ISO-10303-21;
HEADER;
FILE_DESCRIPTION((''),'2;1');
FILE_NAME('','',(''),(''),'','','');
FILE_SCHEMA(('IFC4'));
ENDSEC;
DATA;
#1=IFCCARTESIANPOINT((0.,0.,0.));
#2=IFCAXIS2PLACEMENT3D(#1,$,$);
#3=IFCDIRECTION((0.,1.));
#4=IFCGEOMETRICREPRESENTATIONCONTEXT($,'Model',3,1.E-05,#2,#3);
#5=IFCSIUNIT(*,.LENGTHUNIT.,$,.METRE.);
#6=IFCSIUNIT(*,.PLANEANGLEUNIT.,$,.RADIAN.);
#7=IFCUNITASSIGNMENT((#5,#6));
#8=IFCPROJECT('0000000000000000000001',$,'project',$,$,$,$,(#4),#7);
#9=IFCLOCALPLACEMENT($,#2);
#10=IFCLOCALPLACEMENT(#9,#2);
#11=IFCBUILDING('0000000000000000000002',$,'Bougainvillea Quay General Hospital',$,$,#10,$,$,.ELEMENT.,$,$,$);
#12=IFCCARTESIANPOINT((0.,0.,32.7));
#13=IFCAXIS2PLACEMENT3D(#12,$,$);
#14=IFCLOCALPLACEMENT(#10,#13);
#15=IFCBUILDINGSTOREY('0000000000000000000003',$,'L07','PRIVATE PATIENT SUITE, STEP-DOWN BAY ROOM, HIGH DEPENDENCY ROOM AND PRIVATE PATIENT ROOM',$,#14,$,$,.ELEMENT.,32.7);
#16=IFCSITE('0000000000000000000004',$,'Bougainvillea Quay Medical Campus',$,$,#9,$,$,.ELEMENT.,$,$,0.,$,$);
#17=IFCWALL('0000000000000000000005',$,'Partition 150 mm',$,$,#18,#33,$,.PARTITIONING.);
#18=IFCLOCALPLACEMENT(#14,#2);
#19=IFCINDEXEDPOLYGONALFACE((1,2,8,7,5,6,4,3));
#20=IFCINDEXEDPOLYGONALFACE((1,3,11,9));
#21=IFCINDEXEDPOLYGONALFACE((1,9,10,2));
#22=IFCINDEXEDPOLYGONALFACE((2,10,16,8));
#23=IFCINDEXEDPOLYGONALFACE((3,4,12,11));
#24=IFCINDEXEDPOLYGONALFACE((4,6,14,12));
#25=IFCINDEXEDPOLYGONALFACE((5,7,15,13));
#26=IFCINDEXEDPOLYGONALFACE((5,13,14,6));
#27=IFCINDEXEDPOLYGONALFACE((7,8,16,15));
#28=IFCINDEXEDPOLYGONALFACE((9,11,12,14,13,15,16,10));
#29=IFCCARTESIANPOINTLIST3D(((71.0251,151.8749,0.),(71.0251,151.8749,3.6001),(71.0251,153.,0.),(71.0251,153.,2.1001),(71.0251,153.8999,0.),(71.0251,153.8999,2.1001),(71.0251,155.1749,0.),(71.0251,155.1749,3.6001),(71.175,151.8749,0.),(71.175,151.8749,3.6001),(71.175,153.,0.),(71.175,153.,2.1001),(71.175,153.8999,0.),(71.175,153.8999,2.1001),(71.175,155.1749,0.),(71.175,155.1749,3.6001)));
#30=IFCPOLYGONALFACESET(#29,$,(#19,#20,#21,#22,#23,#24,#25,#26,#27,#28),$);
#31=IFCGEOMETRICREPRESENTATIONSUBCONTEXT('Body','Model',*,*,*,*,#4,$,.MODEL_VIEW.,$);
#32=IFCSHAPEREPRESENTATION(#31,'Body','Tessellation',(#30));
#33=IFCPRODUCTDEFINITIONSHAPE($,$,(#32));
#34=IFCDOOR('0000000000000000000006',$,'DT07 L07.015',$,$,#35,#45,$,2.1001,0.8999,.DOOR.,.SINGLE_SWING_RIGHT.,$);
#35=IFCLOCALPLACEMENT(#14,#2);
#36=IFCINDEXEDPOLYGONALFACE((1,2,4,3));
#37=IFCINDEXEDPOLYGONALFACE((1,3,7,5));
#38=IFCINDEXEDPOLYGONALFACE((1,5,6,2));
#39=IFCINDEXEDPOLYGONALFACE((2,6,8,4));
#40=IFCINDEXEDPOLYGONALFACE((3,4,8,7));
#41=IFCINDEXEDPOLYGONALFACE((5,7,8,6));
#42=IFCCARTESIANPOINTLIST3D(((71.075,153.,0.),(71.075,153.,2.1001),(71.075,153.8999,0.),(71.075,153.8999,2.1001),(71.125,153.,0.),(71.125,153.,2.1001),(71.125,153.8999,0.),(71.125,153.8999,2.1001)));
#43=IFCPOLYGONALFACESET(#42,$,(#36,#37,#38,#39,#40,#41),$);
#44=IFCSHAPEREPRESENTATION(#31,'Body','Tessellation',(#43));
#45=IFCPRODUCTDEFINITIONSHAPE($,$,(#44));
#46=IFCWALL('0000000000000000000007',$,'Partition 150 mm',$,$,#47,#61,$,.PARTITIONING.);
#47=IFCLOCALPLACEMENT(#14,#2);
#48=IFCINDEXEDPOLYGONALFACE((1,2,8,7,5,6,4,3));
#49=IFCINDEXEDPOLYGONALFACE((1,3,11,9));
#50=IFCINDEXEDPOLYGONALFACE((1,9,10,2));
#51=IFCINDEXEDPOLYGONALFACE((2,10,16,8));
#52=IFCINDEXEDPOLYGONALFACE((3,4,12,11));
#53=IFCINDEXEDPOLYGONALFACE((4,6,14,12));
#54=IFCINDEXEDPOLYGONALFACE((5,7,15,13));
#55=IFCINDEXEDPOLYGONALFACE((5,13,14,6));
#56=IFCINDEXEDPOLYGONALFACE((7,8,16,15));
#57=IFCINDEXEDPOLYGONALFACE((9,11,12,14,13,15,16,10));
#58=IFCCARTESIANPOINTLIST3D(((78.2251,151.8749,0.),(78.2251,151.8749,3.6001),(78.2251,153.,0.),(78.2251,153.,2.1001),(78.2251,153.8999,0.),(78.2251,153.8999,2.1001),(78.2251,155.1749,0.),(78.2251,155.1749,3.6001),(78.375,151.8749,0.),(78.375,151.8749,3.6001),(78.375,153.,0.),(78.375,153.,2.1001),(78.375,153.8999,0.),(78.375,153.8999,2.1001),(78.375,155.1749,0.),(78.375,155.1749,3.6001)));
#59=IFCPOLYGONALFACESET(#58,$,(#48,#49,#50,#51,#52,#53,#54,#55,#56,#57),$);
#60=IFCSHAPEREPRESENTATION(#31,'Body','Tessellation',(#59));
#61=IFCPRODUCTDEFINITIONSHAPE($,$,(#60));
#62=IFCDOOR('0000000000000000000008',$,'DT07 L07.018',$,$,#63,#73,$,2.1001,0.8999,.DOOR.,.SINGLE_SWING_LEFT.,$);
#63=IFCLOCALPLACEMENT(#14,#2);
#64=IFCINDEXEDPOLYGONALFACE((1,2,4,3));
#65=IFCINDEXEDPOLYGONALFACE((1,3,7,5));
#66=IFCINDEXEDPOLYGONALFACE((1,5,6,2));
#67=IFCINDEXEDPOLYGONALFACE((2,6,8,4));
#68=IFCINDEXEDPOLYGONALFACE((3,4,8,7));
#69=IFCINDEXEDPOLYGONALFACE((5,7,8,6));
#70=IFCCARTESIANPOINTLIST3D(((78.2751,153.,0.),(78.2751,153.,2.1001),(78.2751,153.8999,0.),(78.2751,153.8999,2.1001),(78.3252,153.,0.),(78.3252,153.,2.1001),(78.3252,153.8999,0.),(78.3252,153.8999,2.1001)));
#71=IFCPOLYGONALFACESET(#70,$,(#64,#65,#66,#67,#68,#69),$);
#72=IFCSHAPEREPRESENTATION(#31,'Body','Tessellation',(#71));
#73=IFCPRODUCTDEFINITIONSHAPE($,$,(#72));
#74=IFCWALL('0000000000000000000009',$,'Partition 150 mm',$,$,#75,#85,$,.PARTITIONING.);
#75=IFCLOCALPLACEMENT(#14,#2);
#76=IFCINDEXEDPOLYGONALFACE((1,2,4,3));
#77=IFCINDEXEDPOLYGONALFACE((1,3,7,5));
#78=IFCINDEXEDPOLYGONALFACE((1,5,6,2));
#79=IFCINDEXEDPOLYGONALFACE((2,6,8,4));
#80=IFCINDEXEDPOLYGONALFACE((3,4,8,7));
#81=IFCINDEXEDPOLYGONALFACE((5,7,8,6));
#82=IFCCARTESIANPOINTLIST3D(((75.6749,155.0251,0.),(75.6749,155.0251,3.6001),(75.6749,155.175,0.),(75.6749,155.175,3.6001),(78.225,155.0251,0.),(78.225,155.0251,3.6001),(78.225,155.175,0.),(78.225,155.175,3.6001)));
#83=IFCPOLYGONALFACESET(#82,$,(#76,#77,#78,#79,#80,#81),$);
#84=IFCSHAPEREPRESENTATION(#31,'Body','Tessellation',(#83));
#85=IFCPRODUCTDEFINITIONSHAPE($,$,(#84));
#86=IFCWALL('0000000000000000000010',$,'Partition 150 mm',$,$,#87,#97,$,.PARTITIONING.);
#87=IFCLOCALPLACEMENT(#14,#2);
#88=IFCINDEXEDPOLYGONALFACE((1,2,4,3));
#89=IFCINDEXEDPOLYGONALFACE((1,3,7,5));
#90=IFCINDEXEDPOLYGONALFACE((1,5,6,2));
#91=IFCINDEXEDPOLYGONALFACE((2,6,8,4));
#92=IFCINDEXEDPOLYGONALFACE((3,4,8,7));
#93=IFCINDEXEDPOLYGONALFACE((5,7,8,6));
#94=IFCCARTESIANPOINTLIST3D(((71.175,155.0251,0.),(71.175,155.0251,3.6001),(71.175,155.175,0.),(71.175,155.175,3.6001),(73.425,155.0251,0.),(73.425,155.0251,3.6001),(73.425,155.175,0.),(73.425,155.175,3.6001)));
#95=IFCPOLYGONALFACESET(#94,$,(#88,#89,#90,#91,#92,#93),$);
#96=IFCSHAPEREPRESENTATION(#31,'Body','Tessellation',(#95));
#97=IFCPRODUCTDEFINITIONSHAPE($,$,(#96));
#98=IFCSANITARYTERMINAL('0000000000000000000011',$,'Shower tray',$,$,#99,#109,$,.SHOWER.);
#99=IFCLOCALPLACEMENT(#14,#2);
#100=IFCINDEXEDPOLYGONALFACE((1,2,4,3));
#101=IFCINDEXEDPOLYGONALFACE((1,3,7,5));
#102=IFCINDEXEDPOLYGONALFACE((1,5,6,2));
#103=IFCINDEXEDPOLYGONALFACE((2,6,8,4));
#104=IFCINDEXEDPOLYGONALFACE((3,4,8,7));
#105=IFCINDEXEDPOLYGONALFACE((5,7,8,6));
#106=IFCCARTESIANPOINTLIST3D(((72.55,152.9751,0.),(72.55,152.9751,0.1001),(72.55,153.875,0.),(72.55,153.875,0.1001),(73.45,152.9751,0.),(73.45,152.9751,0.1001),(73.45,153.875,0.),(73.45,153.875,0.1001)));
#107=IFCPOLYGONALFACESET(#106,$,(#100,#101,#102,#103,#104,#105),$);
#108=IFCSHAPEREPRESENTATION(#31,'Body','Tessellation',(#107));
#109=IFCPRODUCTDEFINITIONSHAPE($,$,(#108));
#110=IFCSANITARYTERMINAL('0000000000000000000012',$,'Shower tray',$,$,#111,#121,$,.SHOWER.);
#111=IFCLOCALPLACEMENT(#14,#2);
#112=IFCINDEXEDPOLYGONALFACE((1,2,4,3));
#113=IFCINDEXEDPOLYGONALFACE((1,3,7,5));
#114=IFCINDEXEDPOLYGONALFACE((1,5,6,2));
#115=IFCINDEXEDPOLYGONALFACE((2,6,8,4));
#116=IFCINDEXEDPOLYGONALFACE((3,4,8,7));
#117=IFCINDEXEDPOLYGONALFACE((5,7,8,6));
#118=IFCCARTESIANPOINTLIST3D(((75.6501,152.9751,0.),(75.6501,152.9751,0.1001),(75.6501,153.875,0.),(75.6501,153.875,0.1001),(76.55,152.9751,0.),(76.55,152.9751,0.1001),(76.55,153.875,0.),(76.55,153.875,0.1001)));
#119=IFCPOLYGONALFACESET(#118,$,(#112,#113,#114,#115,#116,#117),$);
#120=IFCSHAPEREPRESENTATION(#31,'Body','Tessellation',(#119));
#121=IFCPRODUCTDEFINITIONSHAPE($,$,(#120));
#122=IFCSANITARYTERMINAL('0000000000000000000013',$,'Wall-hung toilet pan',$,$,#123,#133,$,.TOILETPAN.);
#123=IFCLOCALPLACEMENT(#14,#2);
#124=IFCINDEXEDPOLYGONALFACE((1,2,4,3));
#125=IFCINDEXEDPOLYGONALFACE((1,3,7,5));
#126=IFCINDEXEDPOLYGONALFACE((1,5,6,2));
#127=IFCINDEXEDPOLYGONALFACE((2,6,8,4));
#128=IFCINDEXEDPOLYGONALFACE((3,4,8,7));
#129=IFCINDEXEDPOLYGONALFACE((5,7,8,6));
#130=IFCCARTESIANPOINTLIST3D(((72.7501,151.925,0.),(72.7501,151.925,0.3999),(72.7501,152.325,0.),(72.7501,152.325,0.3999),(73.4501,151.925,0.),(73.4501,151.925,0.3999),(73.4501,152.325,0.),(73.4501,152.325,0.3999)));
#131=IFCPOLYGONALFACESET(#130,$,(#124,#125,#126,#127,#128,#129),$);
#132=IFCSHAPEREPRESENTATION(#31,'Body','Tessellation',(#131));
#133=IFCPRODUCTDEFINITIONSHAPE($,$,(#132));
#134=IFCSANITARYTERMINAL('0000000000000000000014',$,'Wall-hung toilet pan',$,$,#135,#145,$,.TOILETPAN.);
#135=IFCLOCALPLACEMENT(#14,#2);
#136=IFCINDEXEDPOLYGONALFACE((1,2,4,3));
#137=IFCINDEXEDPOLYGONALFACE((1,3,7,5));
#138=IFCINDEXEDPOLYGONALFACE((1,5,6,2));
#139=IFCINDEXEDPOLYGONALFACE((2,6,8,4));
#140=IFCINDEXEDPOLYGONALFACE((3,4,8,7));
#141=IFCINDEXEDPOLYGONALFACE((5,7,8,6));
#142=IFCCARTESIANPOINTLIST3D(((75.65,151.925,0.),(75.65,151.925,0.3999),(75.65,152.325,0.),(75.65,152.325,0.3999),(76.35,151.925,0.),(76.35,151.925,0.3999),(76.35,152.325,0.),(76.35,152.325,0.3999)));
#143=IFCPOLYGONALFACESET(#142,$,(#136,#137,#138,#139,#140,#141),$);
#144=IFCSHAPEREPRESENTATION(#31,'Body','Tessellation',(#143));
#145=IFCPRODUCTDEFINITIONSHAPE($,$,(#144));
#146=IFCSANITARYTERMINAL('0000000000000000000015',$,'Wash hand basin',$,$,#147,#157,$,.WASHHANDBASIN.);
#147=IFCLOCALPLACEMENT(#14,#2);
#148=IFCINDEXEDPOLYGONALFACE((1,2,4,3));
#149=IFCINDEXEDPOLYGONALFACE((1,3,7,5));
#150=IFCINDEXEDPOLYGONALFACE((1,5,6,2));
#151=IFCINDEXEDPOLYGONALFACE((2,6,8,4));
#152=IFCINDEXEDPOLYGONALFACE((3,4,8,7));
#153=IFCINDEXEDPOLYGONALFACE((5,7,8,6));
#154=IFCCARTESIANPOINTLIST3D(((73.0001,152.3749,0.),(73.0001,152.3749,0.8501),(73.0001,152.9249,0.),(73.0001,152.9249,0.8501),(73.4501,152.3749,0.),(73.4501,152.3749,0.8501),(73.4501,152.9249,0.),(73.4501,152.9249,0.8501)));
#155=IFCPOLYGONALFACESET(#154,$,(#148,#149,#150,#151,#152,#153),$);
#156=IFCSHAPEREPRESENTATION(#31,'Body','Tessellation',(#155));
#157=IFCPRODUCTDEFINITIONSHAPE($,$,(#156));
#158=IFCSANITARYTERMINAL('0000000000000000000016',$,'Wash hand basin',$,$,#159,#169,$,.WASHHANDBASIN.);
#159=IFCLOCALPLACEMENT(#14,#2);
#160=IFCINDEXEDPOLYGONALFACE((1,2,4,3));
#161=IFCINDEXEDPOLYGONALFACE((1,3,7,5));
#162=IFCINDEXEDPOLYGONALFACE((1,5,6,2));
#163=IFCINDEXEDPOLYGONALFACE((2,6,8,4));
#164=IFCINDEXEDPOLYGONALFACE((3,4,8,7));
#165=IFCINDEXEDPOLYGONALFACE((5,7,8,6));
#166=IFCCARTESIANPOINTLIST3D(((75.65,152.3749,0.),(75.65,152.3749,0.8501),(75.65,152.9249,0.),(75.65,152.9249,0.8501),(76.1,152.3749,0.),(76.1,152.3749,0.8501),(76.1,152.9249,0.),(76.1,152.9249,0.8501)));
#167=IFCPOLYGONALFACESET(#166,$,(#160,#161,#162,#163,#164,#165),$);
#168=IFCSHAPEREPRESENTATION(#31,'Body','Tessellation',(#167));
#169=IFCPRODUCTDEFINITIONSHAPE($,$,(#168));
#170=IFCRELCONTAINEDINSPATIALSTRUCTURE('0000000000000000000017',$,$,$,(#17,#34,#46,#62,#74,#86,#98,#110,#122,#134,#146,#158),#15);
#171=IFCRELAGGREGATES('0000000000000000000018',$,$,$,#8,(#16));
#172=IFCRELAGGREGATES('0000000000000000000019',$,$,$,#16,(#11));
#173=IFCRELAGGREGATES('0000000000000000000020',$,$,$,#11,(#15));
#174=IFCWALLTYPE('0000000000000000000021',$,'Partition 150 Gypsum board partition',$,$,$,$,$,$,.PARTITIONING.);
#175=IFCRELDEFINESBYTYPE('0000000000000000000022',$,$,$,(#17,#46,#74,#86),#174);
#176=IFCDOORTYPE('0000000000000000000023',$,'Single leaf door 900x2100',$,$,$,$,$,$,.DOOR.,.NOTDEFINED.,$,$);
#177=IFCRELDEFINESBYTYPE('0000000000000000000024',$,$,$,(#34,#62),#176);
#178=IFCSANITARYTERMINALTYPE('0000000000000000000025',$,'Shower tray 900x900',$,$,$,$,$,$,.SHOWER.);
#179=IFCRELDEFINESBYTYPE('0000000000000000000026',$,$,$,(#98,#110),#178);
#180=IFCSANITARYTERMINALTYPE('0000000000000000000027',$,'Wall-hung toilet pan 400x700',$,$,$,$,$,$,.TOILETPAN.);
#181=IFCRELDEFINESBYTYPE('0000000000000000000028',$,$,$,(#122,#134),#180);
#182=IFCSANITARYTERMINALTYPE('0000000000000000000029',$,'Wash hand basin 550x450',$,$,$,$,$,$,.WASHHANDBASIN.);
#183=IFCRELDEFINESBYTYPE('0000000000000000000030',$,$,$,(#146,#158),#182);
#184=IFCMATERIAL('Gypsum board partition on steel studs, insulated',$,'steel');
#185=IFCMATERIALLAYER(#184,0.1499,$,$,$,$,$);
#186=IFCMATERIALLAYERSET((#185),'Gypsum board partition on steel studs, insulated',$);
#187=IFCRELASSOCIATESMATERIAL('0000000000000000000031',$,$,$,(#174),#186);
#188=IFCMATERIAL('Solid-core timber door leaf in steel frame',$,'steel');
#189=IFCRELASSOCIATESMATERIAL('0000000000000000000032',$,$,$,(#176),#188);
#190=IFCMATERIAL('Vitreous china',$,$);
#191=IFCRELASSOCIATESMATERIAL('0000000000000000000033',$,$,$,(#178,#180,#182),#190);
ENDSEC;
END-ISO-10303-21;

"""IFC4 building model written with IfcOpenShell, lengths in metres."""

from ifc_helpers import new_model, si_unit, direction, frame, frame_2d, origin, origin_2d, place, context, subcontext, project, spatial, rectangle, extrude, material, layer, layer_set, type_object, element, fill, save


model = new_model("IFC4")

# Units and contexts
model_context = context("Model", 3, precision=1e-05, world=origin(), true_north=direction((0.0, 1.0)))
body_context = subcontext(model_context, "Body", "Model", "MODEL_VIEW")
ifc_project = project(units=[si_unit("LENGTHUNIT", "METRE"), si_unit("PLANEANGLEUNIT", "RADIAN")], contexts=[model_context])

# Site, building, storey
site_placement = place(None, origin())
site = spatial("IfcSite", under=ifc_project, at=site_placement, Name="Bougainvillea Quay Medical Campus", CompositionType="ELEMENT", RefElevation=0.0)
building_placement = place(site_placement, origin())
building = spatial("IfcBuilding", under=site, at=building_placement, Name="Bougainvillea Quay General Hospital", CompositionType="ELEMENT")
storey_placement = place(building_placement, frame((0.0, 0.0, 32.7)))
storey = spatial("IfcBuildingStorey", under=building, at=storey_placement, Name="L07", Description="PRIVATE PATIENT SUITE, STEP-DOWN BAY ROOM, HIGH DEPENDENCY ROOM AND PRIVATE PATIENT ROOM", CompositionType="ELEMENT", Elevation=32.7)

# Shared definitions
ifc_material_1 = material(Name="Gypsum board partition on steel studs, insulated", Category="steel")
ifc_layer_1 = layer(ifc_material_1, 0.1499)
ifc_layer_set_1 = layer_set([ifc_layer_1], Name="Gypsum board partition on steel studs, insulated")
wall_type_1 = type_object("IfcWallType", Name="Partition 150 Gypsum board partition", PredefinedType="PARTITIONING", material=ifc_layer_set_1)

# Walls, openings, doors
wall_1_placement = place(storey_placement, frame((71.1001, 151.875, 0.0), z_axis=(0.0, 0.0, 1.0), x_axis=(0.0, 1.0, 0.0)))
wall_1 = element("IfcWall", 1, at=wall_1_placement, inside=storey, type_object=wall_type_1, Name="Partition 150 mm", PredefinedType="PARTITIONING", context=body_context, shape_type="SweptSolid", body=[
    extrude(rectangle(XDim=3.3, YDim=0.1499, at=frame_2d((1.6499, 0.0))), origin(), (0.0, 0.0, 1.0), 3.6001),
])
opening_1_placement = place(wall_1_placement, frame((1.125, 0.0, 0.0)))
opening_1 = element("IfcOpeningElement", 2, at=opening_1_placement, cuts=wall_1, PredefinedType="OPENING", context=body_context, shape_type="SweptSolid", body=[
    extrude(rectangle(XDim=0.8999, YDim=2.1001, at=frame_2d((0.45, 1.05))), frame((0.0, 0.085, 0.0), z_axis=(0.0, -1.0, 0.0), x_axis=(1.0, 0.0, 0.0)), (0.0, 0.0, 1.0), 0.1699),
])
ifc_material_2 = material(Name="Solid-core timber door leaf in steel frame", Category="steel")
door_type = type_object("IfcDoorType", Name="Single leaf door 900x2100", OperationType="NOTDEFINED", PredefinedType="DOOR", material=ifc_material_2)
door_1_placement = place(opening_1_placement, frame((0.8999, 0.0, 0.0), z_axis=(0.0, 0.0, 1.0), x_axis=(-1.0, 0.0, 0.0)))
door_1 = element("IfcDoor", 3, at=door_1_placement, inside=storey, type_object=door_type, Name="DT07 L07.015", OperationType="SINGLE_SWING_RIGHT", OverallHeight=2.1001, OverallWidth=0.8999, PredefinedType="DOOR", context=body_context, shape_type="SweptSolid", body=[
    extrude(rectangle(XDim=0.8999, YDim=2.1001, at=frame_2d((0.45, 1.05))), frame((0.0, 0.0249, 0.0), z_axis=(0.0, -1.0, 0.0), x_axis=(1.0, 0.0, 0.0)), (0.0, 0.0, 1.0), 0.05),
])
fill(opening_1, door_1)
wall_2_placement = place(storey_placement, frame((78.3, 151.875, 0.0), z_axis=(0.0, 0.0, 1.0), x_axis=(0.0, 1.0, 0.0)))
wall_2 = element("IfcWall", 4, at=wall_2_placement, inside=storey, type_object=wall_type_1, Name="Partition 150 mm", PredefinedType="PARTITIONING", context=body_context, shape_type="SweptSolid", body=[
    extrude(rectangle(XDim=3.3, YDim=0.1499, at=frame_2d((1.6499, 0.0))), origin(), (0.0, 0.0, 1.0), 3.6001),
])
opening_2_placement = place(wall_2_placement, frame((1.125, 0.0, 0.0)))
opening_2 = element("IfcOpeningElement", 5, at=opening_2_placement, cuts=wall_2, PredefinedType="OPENING", context=body_context, shape_type="SweptSolid", body=[
    extrude(rectangle(XDim=0.8999, YDim=2.1001, at=frame_2d((0.45, 1.05))), frame((0.0, 0.085, 0.0), z_axis=(0.0, -1.0, 0.0), x_axis=(1.0, 0.0, 0.0)), (0.0, 0.0, 1.0), 0.1699),
])
door_2_placement = place(opening_2_placement, origin())
door_2 = element("IfcDoor", 6, at=door_2_placement, inside=storey, type_object=door_type, Name="DT07 L07.018", OperationType="SINGLE_SWING_LEFT", OverallHeight=2.1001, OverallWidth=0.8999, PredefinedType="DOOR", context=body_context, shape_type="SweptSolid", body=[
    extrude(rectangle(XDim=0.8999, YDim=2.1001, at=frame_2d((0.45, 1.05))), frame((0.0, 0.0249, 0.0), z_axis=(0.0, -1.0, 0.0), x_axis=(1.0, 0.0, 0.0)), (0.0, 0.0, 1.0), 0.05),
])
fill(opening_2, door_2)

# Walls
wall_3_placement = place(storey_placement, frame((75.675, 155.1001, 0.0), z_axis=(0.0, 0.0, 1.0), x_axis=(1.0, 0.0, 0.0)))
element("IfcWall", 7, at=wall_3_placement, inside=storey, type_object=wall_type_1, Name="Partition 150 mm", PredefinedType="PARTITIONING", context=body_context, shape_type="SweptSolid", body=[
    extrude(rectangle(XDim=2.55, YDim=0.1499, at=frame_2d((1.2749, 0.0))), origin(), (0.0, 0.0, 1.0), 3.6001),
])
wall_4_placement = place(storey_placement, frame((71.175, 155.1001, 0.0), z_axis=(0.0, 0.0, 1.0), x_axis=(1.0, 0.0, 0.0)))
element("IfcWall", 8, at=wall_4_placement, inside=storey, type_object=wall_type_1, Name="Partition 150 mm", PredefinedType="PARTITIONING", context=body_context, shape_type="SweptSolid", body=[
    extrude(rectangle(XDim=2.25, YDim=0.1499, at=frame_2d((1.125, 0.0))), origin(), (0.0, 0.0, 1.0), 3.6001),
])

# Sanitary terminals
ifc_material_3 = material(Name="Vitreous china")
sanitary_terminal_type_1 = type_object("IfcSanitaryTerminalType", Name="Shower tray 900x900", PredefinedType="SHOWER", material=ifc_material_3)
for number, where, z_axis, x_axis, name in (
    (9, (73.0, 153.425, 0.0), (0.0, 0.0, 1.0), (0.0, -1.0, 0.0), "Shower tray"),
    (10, (76.1001, 153.425, 0.0), (0.0, 0.0, 1.0), (0.0, 1.0, 0.0), "Shower tray"),
):
    element("IfcSanitaryTerminal", number, at=place(storey_placement, frame(where, z_axis=z_axis, x_axis=x_axis)), inside=storey, type_object=sanitary_terminal_type_1, Name=name, PredefinedType="SHOWER", context=body_context, shape_type="SweptSolid", body=[
        extrude(rectangle(XDim=0.8999, YDim=0.8999, at=origin_2d()), origin(), (0.0, 0.0, 1.0), 0.1001),
    ])
sanitary_terminal_type_2 = type_object("IfcSanitaryTerminalType", Name="Wall-hung toilet pan 400x700", PredefinedType="TOILETPAN", material=ifc_material_3)
for number, where, z_axis, x_axis, name in (
    (11, (73.1001, 152.125, 0.0), (0.0, 0.0, 1.0), (0.0, -1.0, 0.0), "Wall-hung toilet pan"),
    (12, (76.0, 152.125, 0.0), (0.0, 0.0, 1.0), (0.0, 1.0, 0.0), "Wall-hung toilet pan"),
):
    element("IfcSanitaryTerminal", number, at=place(storey_placement, frame(where, z_axis=z_axis, x_axis=x_axis)), inside=storey, type_object=sanitary_terminal_type_2, Name=name, PredefinedType="TOILETPAN", context=body_context, shape_type="SweptSolid", body=[
        extrude(rectangle(XDim=0.3999, YDim=0.7, at=origin_2d()), origin(), (0.0, 0.0, 1.0), 0.3999),
    ])
sanitary_terminal_type_3 = type_object("IfcSanitaryTerminalType", Name="Wash hand basin 550x450", PredefinedType="WASHHANDBASIN", material=ifc_material_3)
for number, where, z_axis, x_axis, name in (
    (13, (73.2251, 152.6499, 0.0), (0.0, 0.0, 1.0), (0.0, -1.0, 0.0), "Wash hand basin"),
    (14, (75.875, 152.6499, 0.0), (0.0, 0.0, 1.0), (0.0, 1.0, 0.0), "Wash hand basin"),
):
    element("IfcSanitaryTerminal", number, at=place(storey_placement, frame(where, z_axis=z_axis, x_axis=x_axis)), inside=storey, type_object=sanitary_terminal_type_3, Name=name, PredefinedType="WASHHANDBASIN", context=body_context, shape_type="SweptSolid", body=[
        extrude(rectangle(XDim=0.55, YDim=0.45, at=origin_2d()), origin(), (0.0, 0.0, 1.0), 0.8501),
    ])

save(model, "model.ifc")
